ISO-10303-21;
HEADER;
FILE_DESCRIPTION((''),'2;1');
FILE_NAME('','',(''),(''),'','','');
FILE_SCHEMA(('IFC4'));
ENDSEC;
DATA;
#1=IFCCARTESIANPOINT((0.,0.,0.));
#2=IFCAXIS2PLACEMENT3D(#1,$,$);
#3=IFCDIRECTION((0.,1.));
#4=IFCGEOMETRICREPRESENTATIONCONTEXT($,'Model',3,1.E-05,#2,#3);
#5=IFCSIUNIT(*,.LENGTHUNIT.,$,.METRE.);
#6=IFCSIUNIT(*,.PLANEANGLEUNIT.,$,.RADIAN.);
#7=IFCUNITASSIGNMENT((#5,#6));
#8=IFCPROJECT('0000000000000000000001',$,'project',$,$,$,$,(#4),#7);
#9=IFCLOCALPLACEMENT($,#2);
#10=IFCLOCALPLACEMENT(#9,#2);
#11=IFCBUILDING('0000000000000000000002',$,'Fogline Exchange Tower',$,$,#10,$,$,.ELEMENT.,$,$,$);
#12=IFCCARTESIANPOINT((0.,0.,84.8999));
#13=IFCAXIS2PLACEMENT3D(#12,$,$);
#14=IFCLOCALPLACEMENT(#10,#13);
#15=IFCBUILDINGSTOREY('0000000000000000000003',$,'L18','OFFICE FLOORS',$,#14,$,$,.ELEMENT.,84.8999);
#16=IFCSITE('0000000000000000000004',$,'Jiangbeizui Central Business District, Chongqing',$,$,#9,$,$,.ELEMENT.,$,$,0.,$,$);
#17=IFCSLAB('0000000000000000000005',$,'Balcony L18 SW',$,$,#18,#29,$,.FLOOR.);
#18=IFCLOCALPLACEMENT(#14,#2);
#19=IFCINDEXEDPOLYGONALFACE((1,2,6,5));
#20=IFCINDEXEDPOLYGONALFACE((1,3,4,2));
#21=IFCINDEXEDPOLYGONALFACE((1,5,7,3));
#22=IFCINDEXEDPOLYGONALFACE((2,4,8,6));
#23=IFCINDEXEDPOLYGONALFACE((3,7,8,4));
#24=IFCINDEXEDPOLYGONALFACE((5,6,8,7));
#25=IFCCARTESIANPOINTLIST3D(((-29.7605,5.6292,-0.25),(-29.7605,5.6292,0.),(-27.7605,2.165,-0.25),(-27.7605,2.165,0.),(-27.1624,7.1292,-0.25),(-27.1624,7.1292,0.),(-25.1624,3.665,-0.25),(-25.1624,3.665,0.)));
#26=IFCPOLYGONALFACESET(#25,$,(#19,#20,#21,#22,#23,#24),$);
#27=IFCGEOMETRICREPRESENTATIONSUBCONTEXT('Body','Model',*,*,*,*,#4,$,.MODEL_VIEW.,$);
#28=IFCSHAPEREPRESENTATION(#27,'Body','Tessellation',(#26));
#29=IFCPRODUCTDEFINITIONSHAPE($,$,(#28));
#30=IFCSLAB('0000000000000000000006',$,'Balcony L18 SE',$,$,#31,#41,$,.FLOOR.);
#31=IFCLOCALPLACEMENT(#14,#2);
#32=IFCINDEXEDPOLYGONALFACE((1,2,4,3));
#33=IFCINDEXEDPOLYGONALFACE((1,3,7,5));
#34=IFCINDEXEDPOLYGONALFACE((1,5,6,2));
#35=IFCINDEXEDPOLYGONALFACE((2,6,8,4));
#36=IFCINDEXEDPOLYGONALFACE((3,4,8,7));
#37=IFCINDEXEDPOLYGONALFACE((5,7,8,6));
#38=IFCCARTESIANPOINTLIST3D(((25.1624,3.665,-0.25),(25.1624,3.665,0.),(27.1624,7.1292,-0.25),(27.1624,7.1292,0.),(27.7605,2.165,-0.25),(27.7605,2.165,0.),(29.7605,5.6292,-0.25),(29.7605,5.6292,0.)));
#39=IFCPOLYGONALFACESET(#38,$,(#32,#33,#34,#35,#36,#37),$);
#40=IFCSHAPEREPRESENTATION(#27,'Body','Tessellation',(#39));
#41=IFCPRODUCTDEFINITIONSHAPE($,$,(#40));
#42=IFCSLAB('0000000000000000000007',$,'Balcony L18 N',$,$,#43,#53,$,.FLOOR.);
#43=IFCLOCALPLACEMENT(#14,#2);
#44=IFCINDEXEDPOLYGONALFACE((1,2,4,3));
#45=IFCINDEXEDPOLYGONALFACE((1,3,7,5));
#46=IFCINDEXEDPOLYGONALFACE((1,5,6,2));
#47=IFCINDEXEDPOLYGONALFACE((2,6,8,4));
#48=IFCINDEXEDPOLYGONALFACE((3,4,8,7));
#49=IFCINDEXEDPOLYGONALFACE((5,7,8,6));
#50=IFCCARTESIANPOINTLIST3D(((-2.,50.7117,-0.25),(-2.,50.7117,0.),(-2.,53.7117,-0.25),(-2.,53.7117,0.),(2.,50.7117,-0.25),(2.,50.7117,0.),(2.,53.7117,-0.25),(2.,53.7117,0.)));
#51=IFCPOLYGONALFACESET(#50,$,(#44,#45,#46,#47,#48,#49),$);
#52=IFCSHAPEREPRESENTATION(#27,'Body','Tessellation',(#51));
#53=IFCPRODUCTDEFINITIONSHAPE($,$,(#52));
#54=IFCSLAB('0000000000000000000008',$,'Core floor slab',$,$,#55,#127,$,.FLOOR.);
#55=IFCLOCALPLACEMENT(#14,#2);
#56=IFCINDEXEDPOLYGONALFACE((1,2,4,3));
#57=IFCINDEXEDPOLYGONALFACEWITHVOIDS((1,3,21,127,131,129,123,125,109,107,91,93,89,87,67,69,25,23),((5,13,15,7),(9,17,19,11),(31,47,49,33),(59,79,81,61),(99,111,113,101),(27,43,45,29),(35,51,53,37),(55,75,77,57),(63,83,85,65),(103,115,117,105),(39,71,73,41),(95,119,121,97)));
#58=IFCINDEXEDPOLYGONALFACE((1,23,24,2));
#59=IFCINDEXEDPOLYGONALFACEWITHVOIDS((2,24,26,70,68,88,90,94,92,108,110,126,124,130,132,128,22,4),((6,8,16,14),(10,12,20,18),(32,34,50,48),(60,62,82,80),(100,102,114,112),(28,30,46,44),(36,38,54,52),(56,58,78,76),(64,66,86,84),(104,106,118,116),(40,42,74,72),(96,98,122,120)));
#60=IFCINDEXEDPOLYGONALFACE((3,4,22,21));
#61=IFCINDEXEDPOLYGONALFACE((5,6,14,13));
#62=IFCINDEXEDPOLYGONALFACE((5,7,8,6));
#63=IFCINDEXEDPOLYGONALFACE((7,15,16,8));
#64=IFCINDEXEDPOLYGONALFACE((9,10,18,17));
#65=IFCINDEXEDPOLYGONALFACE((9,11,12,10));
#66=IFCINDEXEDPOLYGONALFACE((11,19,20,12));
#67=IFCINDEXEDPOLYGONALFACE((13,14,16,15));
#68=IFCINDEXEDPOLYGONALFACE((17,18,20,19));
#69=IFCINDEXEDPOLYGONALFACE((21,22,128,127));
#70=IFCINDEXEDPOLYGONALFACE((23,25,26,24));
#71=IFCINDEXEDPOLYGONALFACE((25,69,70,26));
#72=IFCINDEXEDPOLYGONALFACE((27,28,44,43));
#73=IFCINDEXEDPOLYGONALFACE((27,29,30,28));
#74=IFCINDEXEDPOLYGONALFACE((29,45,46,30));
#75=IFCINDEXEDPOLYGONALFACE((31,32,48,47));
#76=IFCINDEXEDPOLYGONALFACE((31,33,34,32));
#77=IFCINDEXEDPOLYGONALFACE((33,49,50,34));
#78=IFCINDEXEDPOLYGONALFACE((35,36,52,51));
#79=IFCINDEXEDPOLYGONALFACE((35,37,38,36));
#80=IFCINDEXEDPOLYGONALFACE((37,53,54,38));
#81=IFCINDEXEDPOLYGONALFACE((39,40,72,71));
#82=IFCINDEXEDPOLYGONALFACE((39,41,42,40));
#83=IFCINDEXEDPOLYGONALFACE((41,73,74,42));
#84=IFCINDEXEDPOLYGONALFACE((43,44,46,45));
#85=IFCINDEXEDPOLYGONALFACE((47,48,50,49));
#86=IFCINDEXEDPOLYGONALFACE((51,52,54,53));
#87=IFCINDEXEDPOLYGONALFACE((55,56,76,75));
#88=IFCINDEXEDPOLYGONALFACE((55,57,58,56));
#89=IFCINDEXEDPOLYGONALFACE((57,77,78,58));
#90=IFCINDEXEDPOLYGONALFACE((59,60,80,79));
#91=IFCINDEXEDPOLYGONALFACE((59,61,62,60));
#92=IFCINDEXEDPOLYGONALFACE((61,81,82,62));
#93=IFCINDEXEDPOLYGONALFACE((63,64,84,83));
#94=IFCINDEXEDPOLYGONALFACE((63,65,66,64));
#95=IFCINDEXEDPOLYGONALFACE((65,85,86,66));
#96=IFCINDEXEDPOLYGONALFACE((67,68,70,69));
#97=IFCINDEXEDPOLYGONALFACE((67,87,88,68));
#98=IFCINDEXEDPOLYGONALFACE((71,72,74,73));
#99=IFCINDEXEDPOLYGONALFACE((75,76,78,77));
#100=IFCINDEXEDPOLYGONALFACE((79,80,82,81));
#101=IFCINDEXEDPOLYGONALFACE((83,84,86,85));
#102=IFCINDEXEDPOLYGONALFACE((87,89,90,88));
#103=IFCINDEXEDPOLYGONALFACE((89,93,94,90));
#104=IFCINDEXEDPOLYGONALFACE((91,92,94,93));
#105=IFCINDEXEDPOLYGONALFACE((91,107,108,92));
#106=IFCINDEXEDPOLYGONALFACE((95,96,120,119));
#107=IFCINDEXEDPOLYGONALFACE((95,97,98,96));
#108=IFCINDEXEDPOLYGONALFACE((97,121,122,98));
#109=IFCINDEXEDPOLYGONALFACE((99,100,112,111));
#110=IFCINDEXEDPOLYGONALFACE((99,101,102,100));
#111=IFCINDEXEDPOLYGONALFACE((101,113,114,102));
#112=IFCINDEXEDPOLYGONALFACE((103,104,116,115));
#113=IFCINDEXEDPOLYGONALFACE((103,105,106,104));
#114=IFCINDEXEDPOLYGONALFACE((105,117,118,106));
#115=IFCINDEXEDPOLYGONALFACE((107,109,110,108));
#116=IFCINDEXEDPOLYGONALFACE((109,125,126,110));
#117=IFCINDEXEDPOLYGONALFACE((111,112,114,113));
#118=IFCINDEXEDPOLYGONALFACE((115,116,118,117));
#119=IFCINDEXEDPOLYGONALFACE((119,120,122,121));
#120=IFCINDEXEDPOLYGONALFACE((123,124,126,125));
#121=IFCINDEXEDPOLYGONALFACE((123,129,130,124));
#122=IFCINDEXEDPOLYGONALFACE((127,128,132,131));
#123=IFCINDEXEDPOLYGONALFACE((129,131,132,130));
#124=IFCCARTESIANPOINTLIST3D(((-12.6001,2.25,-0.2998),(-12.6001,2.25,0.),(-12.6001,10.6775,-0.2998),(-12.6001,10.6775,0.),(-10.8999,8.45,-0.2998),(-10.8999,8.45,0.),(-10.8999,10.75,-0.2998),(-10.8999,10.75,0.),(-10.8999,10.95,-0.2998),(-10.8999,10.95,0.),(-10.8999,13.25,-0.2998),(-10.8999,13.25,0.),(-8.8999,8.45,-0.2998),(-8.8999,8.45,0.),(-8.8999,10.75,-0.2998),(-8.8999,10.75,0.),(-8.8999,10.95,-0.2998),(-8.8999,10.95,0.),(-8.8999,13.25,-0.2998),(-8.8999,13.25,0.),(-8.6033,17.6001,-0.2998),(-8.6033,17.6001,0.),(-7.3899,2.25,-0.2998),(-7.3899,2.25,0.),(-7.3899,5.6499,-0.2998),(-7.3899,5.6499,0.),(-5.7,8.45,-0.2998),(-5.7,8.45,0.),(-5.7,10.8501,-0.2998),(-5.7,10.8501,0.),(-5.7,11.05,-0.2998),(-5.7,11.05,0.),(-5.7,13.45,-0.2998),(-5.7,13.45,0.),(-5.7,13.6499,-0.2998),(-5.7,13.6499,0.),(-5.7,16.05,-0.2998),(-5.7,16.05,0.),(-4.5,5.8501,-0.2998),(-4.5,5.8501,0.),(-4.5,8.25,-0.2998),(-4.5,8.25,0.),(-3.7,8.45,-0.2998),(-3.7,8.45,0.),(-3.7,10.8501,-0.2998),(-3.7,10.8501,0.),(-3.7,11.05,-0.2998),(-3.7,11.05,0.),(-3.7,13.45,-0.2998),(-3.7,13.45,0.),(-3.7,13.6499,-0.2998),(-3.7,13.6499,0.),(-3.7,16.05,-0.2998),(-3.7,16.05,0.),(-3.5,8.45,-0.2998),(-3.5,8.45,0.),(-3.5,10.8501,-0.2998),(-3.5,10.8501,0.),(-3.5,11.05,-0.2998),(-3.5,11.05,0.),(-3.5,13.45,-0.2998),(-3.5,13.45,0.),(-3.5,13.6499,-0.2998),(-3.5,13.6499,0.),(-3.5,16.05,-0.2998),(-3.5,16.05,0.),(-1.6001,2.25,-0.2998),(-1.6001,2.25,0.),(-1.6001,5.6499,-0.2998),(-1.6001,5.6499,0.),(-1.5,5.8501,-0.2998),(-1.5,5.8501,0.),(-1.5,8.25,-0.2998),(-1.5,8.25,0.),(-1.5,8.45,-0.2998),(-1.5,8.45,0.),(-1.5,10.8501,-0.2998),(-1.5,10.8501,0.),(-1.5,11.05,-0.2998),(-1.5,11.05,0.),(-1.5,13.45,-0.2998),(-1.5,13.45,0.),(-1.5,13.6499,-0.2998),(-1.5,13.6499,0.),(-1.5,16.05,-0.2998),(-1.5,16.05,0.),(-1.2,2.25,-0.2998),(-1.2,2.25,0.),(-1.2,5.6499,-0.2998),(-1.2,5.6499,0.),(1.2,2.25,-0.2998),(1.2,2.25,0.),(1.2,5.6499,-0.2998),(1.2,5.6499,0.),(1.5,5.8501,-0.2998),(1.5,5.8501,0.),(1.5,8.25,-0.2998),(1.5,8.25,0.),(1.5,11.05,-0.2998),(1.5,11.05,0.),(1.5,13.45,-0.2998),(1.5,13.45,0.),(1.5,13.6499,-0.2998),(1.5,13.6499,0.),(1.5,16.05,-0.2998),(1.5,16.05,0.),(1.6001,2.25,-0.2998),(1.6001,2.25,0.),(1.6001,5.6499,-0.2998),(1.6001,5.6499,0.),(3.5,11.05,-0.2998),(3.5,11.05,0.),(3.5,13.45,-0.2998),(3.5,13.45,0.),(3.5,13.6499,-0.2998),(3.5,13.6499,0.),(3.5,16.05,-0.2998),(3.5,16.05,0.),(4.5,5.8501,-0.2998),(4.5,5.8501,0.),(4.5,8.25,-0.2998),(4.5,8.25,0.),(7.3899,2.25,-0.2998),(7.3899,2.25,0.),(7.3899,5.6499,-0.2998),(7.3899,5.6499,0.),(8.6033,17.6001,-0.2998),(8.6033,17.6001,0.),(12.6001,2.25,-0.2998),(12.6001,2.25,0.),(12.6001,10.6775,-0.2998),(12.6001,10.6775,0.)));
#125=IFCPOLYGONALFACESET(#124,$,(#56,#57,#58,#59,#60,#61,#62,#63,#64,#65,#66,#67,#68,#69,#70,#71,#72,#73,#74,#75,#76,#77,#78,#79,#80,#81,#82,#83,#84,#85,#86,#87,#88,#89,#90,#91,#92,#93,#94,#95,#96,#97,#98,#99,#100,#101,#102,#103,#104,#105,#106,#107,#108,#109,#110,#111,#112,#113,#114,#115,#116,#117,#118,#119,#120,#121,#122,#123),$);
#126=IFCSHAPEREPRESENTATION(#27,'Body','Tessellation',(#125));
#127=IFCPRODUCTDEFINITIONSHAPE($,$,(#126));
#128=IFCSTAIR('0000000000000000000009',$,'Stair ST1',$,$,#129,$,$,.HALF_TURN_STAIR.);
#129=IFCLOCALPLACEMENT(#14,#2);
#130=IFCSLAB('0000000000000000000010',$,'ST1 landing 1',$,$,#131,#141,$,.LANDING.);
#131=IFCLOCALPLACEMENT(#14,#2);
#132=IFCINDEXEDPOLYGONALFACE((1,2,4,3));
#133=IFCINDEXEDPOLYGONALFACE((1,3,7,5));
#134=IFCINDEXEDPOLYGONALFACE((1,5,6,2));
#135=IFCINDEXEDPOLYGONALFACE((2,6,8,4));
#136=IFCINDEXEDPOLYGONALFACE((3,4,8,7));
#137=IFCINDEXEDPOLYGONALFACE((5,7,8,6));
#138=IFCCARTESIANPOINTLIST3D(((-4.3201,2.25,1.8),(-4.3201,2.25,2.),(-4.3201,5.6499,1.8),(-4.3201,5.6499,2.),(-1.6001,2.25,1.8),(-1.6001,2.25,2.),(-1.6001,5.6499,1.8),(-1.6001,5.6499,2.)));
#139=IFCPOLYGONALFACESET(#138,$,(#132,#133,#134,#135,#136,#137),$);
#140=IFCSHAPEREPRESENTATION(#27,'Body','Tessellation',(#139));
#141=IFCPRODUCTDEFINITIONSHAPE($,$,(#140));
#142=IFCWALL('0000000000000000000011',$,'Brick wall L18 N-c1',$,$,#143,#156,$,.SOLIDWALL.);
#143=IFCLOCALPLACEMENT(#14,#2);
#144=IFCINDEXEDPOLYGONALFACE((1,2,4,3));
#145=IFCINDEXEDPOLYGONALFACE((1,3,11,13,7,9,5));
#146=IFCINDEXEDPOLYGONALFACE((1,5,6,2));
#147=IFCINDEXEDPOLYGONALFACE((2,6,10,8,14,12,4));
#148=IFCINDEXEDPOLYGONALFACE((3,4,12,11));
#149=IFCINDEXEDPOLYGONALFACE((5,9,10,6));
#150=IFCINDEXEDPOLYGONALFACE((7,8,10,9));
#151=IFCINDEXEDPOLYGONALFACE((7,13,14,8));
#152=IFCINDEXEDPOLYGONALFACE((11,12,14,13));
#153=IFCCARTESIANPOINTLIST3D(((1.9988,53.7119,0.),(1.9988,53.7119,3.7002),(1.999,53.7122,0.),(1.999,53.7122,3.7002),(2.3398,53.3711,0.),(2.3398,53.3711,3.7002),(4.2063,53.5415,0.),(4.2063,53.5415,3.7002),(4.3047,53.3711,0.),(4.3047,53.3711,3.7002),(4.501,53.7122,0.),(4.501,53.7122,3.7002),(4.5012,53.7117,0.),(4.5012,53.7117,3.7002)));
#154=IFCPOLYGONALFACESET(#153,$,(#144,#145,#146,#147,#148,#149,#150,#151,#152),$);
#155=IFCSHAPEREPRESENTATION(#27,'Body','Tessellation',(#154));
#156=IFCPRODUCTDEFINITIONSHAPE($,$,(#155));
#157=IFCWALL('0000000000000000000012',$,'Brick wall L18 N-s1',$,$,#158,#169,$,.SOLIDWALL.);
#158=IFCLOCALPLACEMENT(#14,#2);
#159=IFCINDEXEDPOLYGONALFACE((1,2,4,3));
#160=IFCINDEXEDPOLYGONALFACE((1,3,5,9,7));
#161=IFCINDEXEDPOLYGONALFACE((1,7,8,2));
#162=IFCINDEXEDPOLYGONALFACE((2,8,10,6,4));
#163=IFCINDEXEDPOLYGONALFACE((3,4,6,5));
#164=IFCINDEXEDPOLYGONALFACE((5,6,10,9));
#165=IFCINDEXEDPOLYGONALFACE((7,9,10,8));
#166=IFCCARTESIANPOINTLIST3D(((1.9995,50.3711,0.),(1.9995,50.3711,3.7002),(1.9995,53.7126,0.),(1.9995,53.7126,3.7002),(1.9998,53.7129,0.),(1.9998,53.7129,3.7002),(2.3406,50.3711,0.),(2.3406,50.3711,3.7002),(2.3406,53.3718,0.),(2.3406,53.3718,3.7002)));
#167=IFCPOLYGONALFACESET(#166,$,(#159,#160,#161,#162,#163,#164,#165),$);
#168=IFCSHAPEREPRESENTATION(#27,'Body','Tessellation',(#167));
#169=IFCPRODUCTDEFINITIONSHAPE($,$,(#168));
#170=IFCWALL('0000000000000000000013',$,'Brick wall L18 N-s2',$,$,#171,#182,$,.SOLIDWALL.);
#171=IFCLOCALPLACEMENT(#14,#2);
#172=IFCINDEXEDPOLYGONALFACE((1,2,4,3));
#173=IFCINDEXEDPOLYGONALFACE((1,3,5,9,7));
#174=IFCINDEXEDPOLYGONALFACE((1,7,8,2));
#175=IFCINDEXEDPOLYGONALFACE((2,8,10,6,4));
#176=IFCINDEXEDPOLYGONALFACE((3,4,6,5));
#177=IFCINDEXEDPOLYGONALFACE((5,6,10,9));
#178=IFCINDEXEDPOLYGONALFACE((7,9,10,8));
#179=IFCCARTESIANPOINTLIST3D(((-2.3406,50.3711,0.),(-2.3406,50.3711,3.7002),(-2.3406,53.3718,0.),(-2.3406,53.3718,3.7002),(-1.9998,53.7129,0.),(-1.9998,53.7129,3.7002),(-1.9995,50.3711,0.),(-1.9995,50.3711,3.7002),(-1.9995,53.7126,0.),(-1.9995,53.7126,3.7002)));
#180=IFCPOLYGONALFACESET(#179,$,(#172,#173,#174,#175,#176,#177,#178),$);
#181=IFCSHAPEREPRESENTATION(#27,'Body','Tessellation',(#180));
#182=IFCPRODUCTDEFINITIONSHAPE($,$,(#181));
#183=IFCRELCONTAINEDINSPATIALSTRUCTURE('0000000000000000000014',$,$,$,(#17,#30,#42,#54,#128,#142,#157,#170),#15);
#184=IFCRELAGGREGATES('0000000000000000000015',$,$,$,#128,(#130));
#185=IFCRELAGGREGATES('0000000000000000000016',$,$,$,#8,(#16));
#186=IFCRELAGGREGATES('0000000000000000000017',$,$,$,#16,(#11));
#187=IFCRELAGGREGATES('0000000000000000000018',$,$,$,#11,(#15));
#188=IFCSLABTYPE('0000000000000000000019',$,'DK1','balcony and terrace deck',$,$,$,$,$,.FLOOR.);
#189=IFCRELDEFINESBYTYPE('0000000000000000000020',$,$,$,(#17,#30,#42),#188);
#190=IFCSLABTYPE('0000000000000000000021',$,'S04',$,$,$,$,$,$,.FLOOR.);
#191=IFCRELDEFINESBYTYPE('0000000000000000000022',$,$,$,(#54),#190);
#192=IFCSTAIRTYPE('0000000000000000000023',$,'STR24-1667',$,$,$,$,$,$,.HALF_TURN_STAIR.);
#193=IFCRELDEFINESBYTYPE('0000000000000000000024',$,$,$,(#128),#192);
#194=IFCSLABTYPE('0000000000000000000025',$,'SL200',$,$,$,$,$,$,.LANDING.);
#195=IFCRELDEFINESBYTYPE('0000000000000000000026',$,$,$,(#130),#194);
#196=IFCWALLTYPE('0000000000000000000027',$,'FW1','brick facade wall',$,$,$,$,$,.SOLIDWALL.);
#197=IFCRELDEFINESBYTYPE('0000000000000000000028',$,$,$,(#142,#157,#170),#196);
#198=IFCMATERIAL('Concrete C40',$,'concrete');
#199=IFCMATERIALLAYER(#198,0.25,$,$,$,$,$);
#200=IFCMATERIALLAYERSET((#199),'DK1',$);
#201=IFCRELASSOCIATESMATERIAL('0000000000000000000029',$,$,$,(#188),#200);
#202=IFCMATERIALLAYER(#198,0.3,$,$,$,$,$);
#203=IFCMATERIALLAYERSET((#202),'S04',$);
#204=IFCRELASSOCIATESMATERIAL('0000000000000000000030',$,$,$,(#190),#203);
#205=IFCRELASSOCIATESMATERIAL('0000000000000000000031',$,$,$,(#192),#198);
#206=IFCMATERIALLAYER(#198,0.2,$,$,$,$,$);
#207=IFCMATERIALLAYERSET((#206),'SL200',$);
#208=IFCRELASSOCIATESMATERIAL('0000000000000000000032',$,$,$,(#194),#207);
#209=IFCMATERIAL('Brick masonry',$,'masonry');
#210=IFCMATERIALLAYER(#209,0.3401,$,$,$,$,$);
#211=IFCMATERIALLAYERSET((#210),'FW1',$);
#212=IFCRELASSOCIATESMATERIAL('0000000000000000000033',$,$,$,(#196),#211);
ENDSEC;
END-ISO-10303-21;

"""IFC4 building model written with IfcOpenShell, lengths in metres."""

from ifc_helpers import new_model, si_unit, direction, frame, origin, place, context, subcontext, project, spatial, polyline, outline, extrude, material, layer, layer_set, type_object, element, aggregate, save


model = new_model("IFC4")

# Units and contexts
model_context = context("Model", 3, precision=1e-05, world=origin(), true_north=direction((0.0, 1.0)))
body_context = subcontext(model_context, "Body", "Model", "MODEL_VIEW")
ifc_project = project(units=[si_unit("LENGTHUNIT", "METRE"), si_unit("PLANEANGLEUNIT", "RADIAN")], contexts=[model_context])

# Site, building, storey
site_placement = place(None, origin())
site = spatial("IfcSite", under=ifc_project, at=site_placement, Name="Jiangbeizui Central Business District, Chongqing", CompositionType="ELEMENT", RefElevation=0.0)
building_placement = place(site_placement, origin())
building = spatial("IfcBuilding", under=site, at=building_placement, Name="Fogline Exchange Tower", CompositionType="ELEMENT")
storey_placement = place(building_placement, frame((0.0, 0.0, 84.8999)))
storey = spatial("IfcBuildingStorey", under=building, at=storey_placement, Name="L18", Description="OFFICE FLOORS", CompositionType="ELEMENT", Elevation=84.8999)

# Slabs
ifc_material_1 = material(Name="Concrete C40", Category="concrete")
ifc_layer_1 = layer(ifc_material_1, 0.25)
ifc_layer_set_1 = layer_set([ifc_layer_1], Name="DK1")
slab_type_1 = type_object("IfcSlabType", Name="DK1", Description="balcony and terrace deck", PredefinedType="FLOOR", material=ifc_layer_set_1)
slab_1_placement = place(storey_placement, frame((0.0, 0.0, -0.25)))
element("IfcSlab", 1, at=slab_1_placement, inside=storey, type_object=slab_type_1, Name="Balcony L18 SW", PredefinedType="FLOOR", context=body_context, shape_type="SweptSolid", body=[
    extrude(outline(polyline([(-29.7605, 5.6292), (-27.7605, 2.165), (-25.1624, 3.665), (-27.1624, 7.1292), (-29.7605, 5.6292)])), origin(), (0.0, 0.0, 1.0), 0.25),
])
slab_2_placement = place(storey_placement, frame((0.0, 0.0, -0.25)))
element("IfcSlab", 2, at=slab_2_placement, inside=storey, type_object=slab_type_1, Name="Balcony L18 SE", PredefinedType="FLOOR", context=body_context, shape_type="SweptSolid", body=[
    extrude(outline(polyline([(27.7605, 2.165), (29.7605, 5.6292), (27.1624, 7.1292), (25.1624, 3.665), (27.7605, 2.165)])), origin(), (0.0, 0.0, 1.0), 0.25),
])
slab_3_placement = place(storey_placement, frame((0.0, 0.0, -0.25)))
element("IfcSlab", 3, at=slab_3_placement, inside=storey, type_object=slab_type_1, Name="Balcony L18 N", PredefinedType="FLOOR", context=body_context, shape_type="SweptSolid", body=[
    extrude(outline(polyline([(2.0, 53.7117), (-2.0, 53.7117), (-2.0, 50.7117), (2.0, 50.7117), (2.0, 53.7117)])), origin(), (0.0, 0.0, 1.0), 0.25),
])
ifc_layer_2 = layer(ifc_material_1, 0.3)
ifc_layer_set_2 = layer_set([ifc_layer_2], Name="S04")
slab_type_2 = type_object("IfcSlabType", Name="S04", PredefinedType="FLOOR", material=ifc_layer_set_2)
slab_4_placement = place(storey_placement, frame((0.0, 0.0, -0.2998)))
element("IfcSlab", 4, at=slab_4_placement, inside=storey, type_object=slab_type_2, Name="Core floor slab", PredefinedType="FLOOR", context=body_context, shape_type="SweptSolid", body=[
    extrude(outline(polyline([(-12.6001, 2.25), (-12.6001, 10.6775), (-8.6033, 17.6001), (8.6033, 17.6001), (12.6001, 10.6775), (12.6001, 2.25), (7.3899, 2.25), (7.3899, 5.6499), (1.6001, 5.6499), (1.6001, 2.25), (1.2, 2.25), (1.2, 5.6499), (-1.2, 5.6499), (-1.2, 2.25), (-1.6001, 2.25), (-1.6001, 5.6499), (-7.3899, 5.6499), (-7.3899, 2.25), (-12.6001, 2.25)]), holes=[polyline([(-1.5, 8.25), (-4.5, 8.25), (-4.5, 5.8501), (-1.5, 5.8501), (-1.5, 8.25)]), polyline([(-8.8999, 10.75), (-10.8999, 10.75), (-10.8999, 8.45), (-8.8999, 8.45), (-8.8999, 10.75)]), polyline([(-3.7, 10.8501), (-5.7, 10.8501), (-5.7, 8.45), (-3.7, 8.45), (-3.7, 10.8501)]), polyline([(-1.5, 10.8501), (-3.5, 10.8501), (-3.5, 8.45), (-1.5, 8.45), (-1.5, 10.8501)]), polyline([(-8.8999, 13.25), (-10.8999, 13.25), (-10.8999, 10.95), (-8.8999, 10.95), (-8.8999, 13.25)]), polyline([(-3.7, 13.45), (-5.7, 13.45), (-5.7, 11.05), (-3.7, 11.05), (-3.7, 13.45)]), polyline([(-3.7, 16.05), (-5.7, 16.05), (-5.7, 13.6499), (-3.7, 13.6499), (-3.7, 16.05)]), polyline([(4.5, 8.25), (1.5, 8.25), (1.5, 5.8501), (4.5, 5.8501), (4.5, 8.25)]), polyline([(-1.5, 13.45), (-3.5, 13.45), (-3.5, 11.05), (-1.5, 11.05), (-1.5, 13.45)]), polyline([(3.5, 13.45), (1.5, 13.45), (1.5, 11.05), (3.5, 11.05), (3.5, 13.45)]), polyline([(-1.5, 16.05), (-3.5, 16.05), (-3.5, 13.6499), (-1.5, 13.6499), (-1.5, 16.05)]), polyline([(3.5, 16.05), (1.5, 16.05), (1.5, 13.6499), (3.5, 13.6499), (3.5, 16.05)])]), origin(), (0.0, 0.0, 1.0), 0.2998),
])

# Stair, slab
stair_type = type_object("IfcStairType", Name="STR24-1667", PredefinedType="HALF_TURN_STAIR", material=ifc_material_1)
stair_placement = place(storey_placement, origin())
stair = element("IfcStair", 5, at=stair_placement, inside=storey, type_object=stair_type, Name="Stair ST1", PredefinedType="HALF_TURN_STAIR")
ifc_layer_3 = layer(ifc_material_1, 0.2)
ifc_layer_set_3 = layer_set([ifc_layer_3], Name="SL200")
slab_type_3 = type_object("IfcSlabType", Name="SL200", PredefinedType="LANDING", material=ifc_layer_set_3)
slab_5_placement = place(storey_placement, frame((0.0, 0.0, 1.8)))
slab_5 = element("IfcSlab", 6, at=slab_5_placement, type_object=slab_type_3, Name="ST1 landing 1", PredefinedType="LANDING", context=body_context, shape_type="SweptSolid", body=[
    extrude(outline(polyline([(-4.3201, 2.25), (-1.6001, 2.25), (-1.6001, 5.6499), (-4.3201, 5.6499), (-4.3201, 2.25)])), origin(), (0.0, 0.0, 1.0), 0.2),
])
aggregate(stair, [slab_5])

# Walls
ifc_material_2 = material(Name="Brick masonry", Category="masonry")
ifc_layer_4 = layer(ifc_material_2, 0.3401)
ifc_layer_set_4 = layer_set([ifc_layer_4], Name="FW1")
wall_type_1 = type_object("IfcWallType", Name="FW1", Description="brick facade wall", PredefinedType="SOLIDWALL", material=ifc_layer_set_4)
wall_1_placement = place(storey_placement, origin())
element("IfcWall", 7, at=wall_1_placement, inside=storey, type_object=wall_type_1, Name="Brick wall L18 N-c1", PredefinedType="SOLIDWALL", context=body_context, shape_type="SweptSolid", body=[
    extrude(outline(polyline([(1.999, 53.7122), (4.501, 53.7122), (4.5012, 53.7117), (4.2063, 53.5415), (4.3047, 53.3711), (2.3398, 53.3711), (1.9988, 53.7119), (1.999, 53.7122)])), origin(), (0.0, 0.0, 1.0), 3.7002),
])
wall_2_placement = place(storey_placement, origin())
element("IfcWall", 8, at=wall_2_placement, inside=storey, type_object=wall_type_1, Name="Brick wall L18 N-s1", PredefinedType="SOLIDWALL", context=body_context, shape_type="SweptSolid", body=[
    extrude(outline(polyline([(2.3406, 50.3711), (1.9995, 50.3711), (1.9995, 53.7126), (1.9998, 53.7129), (2.3406, 53.3718), (2.3406, 50.3711)])), origin(), (0.0, 0.0, 1.0), 3.7002),
])
wall_3_placement = place(storey_placement, origin())
element("IfcWall", 9, at=wall_3_placement, inside=storey, type_object=wall_type_1, Name="Brick wall L18 N-s2", PredefinedType="SOLIDWALL", context=body_context, shape_type="SweptSolid", body=[
    extrude(outline(polyline([(-1.9995, 53.7126), (-1.9995, 50.3711), (-2.3406, 50.3711), (-2.3406, 53.3718), (-1.9998, 53.7129), (-1.9995, 53.7126)])), origin(), (0.0, 0.0, 1.0), 3.7002),
])

save(model, "model.ifc")
